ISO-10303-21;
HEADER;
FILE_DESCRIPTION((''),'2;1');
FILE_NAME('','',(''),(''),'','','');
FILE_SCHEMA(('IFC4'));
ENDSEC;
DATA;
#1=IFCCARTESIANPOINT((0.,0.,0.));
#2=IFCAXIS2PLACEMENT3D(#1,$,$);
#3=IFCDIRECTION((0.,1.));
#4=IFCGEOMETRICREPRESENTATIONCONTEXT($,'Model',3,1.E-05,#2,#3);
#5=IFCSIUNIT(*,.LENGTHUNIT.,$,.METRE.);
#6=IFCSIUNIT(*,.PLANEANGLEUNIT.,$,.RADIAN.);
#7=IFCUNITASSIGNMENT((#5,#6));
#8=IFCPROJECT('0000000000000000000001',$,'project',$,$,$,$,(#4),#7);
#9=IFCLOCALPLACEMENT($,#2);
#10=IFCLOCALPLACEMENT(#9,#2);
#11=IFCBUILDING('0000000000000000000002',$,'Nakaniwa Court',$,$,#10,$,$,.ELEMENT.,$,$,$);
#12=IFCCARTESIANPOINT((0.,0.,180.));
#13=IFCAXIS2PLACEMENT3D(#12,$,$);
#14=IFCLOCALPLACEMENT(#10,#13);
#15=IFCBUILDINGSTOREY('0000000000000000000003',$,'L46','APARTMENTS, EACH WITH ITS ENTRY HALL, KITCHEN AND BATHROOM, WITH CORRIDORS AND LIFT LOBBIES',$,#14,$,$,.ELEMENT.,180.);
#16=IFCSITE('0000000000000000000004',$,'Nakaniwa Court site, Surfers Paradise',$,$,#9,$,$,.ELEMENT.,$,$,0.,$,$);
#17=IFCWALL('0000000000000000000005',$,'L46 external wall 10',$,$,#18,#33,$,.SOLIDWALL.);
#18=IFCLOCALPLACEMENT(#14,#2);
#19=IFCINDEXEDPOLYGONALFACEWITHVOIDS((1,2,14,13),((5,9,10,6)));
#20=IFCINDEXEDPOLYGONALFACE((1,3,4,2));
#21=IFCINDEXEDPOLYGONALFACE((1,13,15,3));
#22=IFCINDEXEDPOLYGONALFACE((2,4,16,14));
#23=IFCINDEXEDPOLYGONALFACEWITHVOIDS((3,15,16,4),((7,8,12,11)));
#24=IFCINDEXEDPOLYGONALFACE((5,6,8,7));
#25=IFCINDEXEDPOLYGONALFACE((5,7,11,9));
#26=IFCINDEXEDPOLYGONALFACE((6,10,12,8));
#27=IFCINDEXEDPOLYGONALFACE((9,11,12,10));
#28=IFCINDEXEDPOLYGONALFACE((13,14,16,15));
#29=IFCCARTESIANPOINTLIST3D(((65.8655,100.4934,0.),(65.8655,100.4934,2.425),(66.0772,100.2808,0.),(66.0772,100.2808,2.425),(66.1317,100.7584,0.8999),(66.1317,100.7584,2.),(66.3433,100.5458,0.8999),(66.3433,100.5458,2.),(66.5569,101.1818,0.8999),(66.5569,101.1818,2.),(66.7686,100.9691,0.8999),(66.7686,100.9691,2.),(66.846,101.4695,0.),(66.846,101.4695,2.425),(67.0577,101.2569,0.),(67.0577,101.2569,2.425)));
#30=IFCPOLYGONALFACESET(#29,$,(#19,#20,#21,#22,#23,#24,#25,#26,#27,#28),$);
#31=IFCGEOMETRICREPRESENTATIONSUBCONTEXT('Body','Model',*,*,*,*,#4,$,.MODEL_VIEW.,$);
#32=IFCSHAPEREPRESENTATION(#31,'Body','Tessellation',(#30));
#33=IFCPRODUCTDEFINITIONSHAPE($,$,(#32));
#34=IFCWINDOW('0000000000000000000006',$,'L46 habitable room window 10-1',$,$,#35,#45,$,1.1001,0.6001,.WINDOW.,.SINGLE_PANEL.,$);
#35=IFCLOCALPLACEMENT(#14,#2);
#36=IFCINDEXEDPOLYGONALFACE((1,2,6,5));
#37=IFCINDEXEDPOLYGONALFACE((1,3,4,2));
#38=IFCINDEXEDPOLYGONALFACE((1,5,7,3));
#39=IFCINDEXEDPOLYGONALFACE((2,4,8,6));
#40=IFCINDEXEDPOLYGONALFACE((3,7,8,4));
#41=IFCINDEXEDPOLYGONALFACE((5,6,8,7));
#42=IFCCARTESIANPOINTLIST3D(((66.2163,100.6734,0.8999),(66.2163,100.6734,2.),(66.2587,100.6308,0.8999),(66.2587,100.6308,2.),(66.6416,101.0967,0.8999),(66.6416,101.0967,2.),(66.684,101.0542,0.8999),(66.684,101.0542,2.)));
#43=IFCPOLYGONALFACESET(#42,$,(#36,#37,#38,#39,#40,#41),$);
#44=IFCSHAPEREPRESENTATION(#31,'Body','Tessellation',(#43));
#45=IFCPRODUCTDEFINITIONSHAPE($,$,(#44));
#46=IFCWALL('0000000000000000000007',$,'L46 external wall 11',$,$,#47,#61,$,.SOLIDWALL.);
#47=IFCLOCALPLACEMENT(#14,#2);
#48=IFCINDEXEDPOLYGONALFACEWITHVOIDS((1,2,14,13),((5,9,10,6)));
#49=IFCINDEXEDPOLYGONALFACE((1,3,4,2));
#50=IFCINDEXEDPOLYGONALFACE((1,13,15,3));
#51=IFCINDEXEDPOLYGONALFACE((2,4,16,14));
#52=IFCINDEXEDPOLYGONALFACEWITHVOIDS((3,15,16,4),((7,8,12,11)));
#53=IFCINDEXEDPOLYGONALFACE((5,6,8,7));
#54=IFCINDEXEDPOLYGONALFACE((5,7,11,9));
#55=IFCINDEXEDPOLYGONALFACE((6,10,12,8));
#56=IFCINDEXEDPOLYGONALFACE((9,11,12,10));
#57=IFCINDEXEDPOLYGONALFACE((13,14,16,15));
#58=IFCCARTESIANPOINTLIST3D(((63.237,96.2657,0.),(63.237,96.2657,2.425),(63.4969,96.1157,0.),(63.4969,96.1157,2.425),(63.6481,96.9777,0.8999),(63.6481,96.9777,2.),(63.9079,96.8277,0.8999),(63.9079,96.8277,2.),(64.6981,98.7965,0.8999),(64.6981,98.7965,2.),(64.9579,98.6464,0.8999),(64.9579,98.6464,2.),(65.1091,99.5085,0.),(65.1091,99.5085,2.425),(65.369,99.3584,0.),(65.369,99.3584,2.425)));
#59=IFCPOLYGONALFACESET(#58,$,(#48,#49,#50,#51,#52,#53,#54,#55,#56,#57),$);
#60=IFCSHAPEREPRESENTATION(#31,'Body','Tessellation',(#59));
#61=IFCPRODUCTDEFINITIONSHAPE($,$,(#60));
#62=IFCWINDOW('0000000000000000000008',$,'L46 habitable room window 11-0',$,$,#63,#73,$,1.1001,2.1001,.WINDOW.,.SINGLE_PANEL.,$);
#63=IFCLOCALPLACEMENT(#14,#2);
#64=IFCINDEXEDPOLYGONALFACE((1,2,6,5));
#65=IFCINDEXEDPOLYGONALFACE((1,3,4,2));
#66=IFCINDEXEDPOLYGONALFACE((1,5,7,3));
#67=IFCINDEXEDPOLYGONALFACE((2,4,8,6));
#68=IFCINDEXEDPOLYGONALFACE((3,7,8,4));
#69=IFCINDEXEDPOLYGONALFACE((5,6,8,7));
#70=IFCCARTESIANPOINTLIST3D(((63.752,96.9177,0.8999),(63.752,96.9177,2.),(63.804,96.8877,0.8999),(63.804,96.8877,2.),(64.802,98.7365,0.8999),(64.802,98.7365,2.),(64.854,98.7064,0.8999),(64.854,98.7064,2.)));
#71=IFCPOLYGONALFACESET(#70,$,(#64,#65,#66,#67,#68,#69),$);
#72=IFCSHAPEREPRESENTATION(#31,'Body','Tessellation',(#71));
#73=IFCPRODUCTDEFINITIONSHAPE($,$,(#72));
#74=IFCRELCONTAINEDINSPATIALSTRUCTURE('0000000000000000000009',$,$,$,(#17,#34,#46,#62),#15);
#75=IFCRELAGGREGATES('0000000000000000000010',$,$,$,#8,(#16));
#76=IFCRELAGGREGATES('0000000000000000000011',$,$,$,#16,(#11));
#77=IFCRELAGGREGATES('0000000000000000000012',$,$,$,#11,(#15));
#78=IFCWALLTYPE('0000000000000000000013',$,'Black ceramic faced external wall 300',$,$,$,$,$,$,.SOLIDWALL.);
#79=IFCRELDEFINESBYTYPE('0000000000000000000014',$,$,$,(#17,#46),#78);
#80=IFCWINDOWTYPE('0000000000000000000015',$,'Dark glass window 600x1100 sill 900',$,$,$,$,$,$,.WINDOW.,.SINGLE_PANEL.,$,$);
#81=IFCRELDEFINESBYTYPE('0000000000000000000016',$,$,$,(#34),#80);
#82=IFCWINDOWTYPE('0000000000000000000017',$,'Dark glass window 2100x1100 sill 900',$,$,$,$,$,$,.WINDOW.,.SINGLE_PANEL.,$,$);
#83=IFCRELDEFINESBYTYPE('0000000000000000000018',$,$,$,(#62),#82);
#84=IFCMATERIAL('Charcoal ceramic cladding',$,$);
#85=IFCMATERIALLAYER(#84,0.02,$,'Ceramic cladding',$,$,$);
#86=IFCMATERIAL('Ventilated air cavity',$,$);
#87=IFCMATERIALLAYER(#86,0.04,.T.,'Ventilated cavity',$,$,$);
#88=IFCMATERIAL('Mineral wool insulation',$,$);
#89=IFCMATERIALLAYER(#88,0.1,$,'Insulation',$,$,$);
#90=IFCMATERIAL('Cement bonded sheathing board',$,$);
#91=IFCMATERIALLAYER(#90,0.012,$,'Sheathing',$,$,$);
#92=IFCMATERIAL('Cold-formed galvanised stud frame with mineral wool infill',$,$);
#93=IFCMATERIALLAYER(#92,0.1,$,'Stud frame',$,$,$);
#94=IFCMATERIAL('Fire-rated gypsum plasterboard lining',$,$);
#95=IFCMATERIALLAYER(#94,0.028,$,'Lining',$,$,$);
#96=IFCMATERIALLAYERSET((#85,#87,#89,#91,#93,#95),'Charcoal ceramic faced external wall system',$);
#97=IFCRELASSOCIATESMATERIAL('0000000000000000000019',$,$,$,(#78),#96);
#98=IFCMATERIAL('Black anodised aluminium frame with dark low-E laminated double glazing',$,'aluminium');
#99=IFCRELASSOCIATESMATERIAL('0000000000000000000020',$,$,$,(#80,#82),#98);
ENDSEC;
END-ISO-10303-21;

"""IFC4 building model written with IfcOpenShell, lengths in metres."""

from ifc_helpers import new_model, si_unit, direction, frame, frame_2d, origin, place, context, subcontext, project, spatial, rectangle, extrude, material, layer, layer_set, type_object, element, fill, save


model = new_model("IFC4")

# Units and contexts
model_context = context("Model", 3, precision=1e-05, world=origin(), true_north=direction((0.0, 1.0)))
body_context = subcontext(model_context, "Body", "Model", "MODEL_VIEW")
ifc_project = project(units=[si_unit("LENGTHUNIT", "METRE"), si_unit("PLANEANGLEUNIT", "RADIAN")], contexts=[model_context])

# Site, building, storey
site_placement = place(None, origin())
site = spatial("IfcSite", under=ifc_project, at=site_placement, Name="Nakaniwa Court site, Surfers Paradise", CompositionType="ELEMENT", RefElevation=0.0)
building_placement = place(site_placement, origin())
building = spatial("IfcBuilding", under=site, at=building_placement, Name="Nakaniwa Court", CompositionType="ELEMENT")
storey_placement = place(building_placement, frame((0.0, 0.0, 180.0)))
storey = spatial("IfcBuildingStorey", under=building, at=storey_placement, Name="L46", Description="APARTMENTS, EACH WITH ITS ENTRY HALL, KITCHEN AND BATHROOM, WITH CORRIDORS AND LIFT LOBBIES", CompositionType="ELEMENT", Elevation=180.0)

# Walls, openings, windows
ifc_material_1 = material(Name="Charcoal ceramic cladding")
ifc_layer_1 = layer(ifc_material_1, 0.02, Name="Ceramic cladding")
ifc_material_2 = material(Name="Ventilated air cavity")
ifc_layer_2 = layer(ifc_material_2, 0.04, ventilated=True, Name="Ventilated cavity")
ifc_material_3 = material(Name="Mineral wool insulation")
ifc_layer_3 = layer(ifc_material_3, 0.1, Name="Insulation")
ifc_material_4 = material(Name="Cement bonded sheathing board")
ifc_layer_4 = layer(ifc_material_4, 0.012, Name="Sheathing")
ifc_material_5 = material(Name="Cold-formed galvanised stud frame with mineral wool infill")
ifc_layer_5 = layer(ifc_material_5, 0.1, Name="Stud frame")
ifc_material_6 = material(Name="Fire-rated gypsum plasterboard lining")
ifc_layer_6 = layer(ifc_material_6, 0.028, Name="Lining")
ifc_layer_set_1 = layer_set([ifc_layer_1, ifc_layer_2, ifc_layer_3, ifc_layer_4, ifc_layer_5, ifc_layer_6], Name="Charcoal ceramic faced external wall system")
wall_type_1 = type_object("IfcWallType", Name="Black ceramic faced external wall 300", PredefinedType="SOLIDWALL", material=ifc_layer_set_1)
ifc_material_7 = material(Name="Black anodised aluminium frame with dark low-E laminated double glazing", Category="aluminium")
window_type_1 = type_object("IfcWindowType", Name="Dark glass window 600x1100 sill 900", PartitioningType="SINGLE_PANEL", PredefinedType="WINDOW", material=ifc_material_7)
wall_1_placement = place(storey_placement, frame((66.9519, 101.3633, 0.0), z_axis=(0.0, 0.0, 1.0), x_axis=(-0.708693, -0.705517, 0.0)))
wall_1 = element("IfcWall", 1, at=wall_1_placement, inside=storey, type_object=wall_type_1, Name="L46 external wall 10", PredefinedType="SOLIDWALL", context=body_context, shape_type="SweptSolid", body=[
    extrude(rectangle(XDim=1.3835, YDim=0.3, at=frame_2d((0.6919, 0.0))), origin(), (0.0, 0.0, 1.0), 2.425),
])
opening_1_placement = place(wall_1_placement, frame((0.408, 0.0, 0.8999)))
opening_1 = element("IfcOpeningElement", 2, at=opening_1_placement, cuts=wall_1, PredefinedType="OPENING", context=body_context, shape_type="SweptSolid", body=[
    extrude(rectangle(XDim=0.6001, YDim=1.1001, at=frame_2d((0.3, 0.55))), frame((0.0, 0.1599, 0.0), z_axis=(0.0, -1.0, 0.0), x_axis=(1.0, 0.0, 0.0)), (0.0, 0.0, 1.0), 0.3201),
])
window_1_placement = place(opening_1_placement, origin())
window_1 = element("IfcWindow", 3, at=window_1_placement, inside=storey, type_object=window_type_1, Name="L46 habitable room window 10-1", OverallHeight=1.1001, OverallWidth=0.6001, PartitioningType="SINGLE_PANEL", PredefinedType="WINDOW", context=body_context, shape_type="SweptSolid", body=[
    extrude(rectangle(XDim=0.6001, YDim=1.1001, at=frame_2d((0.3, 0.55))), frame((0.0, 0.03, 0.0), z_axis=(0.0, -1.0, 0.0), x_axis=(1.0, 0.0, 0.0)), (0.0, 0.0, 1.0), 0.0601),
])
fill(opening_1, window_1)
wall_2_placement = place(storey_placement, frame((65.239, 99.4333, 0.0), z_axis=(0.0, 0.0, 1.0), x_axis=(-0.499982, -0.866036, 0.0)))
wall_2 = element("IfcWall", 4, at=wall_2_placement, inside=storey, type_object=wall_type_1, Name="L46 external wall 11", PredefinedType="SOLIDWALL", context=body_context, shape_type="SweptSolid", body=[
    extrude(rectangle(XDim=3.7444, YDim=0.3, at=frame_2d((1.8721, 0.0))), origin(), (0.0, 0.0, 1.0), 2.425),
])
opening_2_placement = place(wall_2_placement, frame((0.822, 0.0, 0.8999)))
opening_2 = element("IfcOpeningElement", 5, at=opening_2_placement, cuts=wall_2, PredefinedType="OPENING", context=body_context, shape_type="SweptSolid", body=[
    extrude(rectangle(XDim=2.1001, YDim=1.1001, at=frame_2d((1.05, 0.55))), frame((0.0, 0.1599, 0.0), z_axis=(0.0, -1.0, 0.0), x_axis=(1.0, 0.0, 0.0)), (0.0, 0.0, 1.0), 0.3201),
])
window_type_2 = type_object("IfcWindowType", Name="Dark glass window 2100x1100 sill 900", PartitioningType="SINGLE_PANEL", PredefinedType="WINDOW", material=ifc_material_7)
window_2_placement = place(opening_2_placement, origin())
window_2 = element("IfcWindow", 6, at=window_2_placement, inside=storey, type_object=window_type_2, Name="L46 habitable room window 11-0", OverallHeight=1.1001, OverallWidth=2.1001, PartitioningType="SINGLE_PANEL", PredefinedType="WINDOW", context=body_context, shape_type="SweptSolid", body=[
    extrude(rectangle(XDim=2.1001, YDim=1.1001, at=frame_2d((1.05, 0.55))), frame((0.0, 0.03, 0.0), z_axis=(0.0, -1.0, 0.0), x_axis=(1.0, 0.0, 0.0)), (0.0, 0.0, 1.0), 0.0601),
])
fill(opening_2, window_2)

save(model, "model.ifc")
